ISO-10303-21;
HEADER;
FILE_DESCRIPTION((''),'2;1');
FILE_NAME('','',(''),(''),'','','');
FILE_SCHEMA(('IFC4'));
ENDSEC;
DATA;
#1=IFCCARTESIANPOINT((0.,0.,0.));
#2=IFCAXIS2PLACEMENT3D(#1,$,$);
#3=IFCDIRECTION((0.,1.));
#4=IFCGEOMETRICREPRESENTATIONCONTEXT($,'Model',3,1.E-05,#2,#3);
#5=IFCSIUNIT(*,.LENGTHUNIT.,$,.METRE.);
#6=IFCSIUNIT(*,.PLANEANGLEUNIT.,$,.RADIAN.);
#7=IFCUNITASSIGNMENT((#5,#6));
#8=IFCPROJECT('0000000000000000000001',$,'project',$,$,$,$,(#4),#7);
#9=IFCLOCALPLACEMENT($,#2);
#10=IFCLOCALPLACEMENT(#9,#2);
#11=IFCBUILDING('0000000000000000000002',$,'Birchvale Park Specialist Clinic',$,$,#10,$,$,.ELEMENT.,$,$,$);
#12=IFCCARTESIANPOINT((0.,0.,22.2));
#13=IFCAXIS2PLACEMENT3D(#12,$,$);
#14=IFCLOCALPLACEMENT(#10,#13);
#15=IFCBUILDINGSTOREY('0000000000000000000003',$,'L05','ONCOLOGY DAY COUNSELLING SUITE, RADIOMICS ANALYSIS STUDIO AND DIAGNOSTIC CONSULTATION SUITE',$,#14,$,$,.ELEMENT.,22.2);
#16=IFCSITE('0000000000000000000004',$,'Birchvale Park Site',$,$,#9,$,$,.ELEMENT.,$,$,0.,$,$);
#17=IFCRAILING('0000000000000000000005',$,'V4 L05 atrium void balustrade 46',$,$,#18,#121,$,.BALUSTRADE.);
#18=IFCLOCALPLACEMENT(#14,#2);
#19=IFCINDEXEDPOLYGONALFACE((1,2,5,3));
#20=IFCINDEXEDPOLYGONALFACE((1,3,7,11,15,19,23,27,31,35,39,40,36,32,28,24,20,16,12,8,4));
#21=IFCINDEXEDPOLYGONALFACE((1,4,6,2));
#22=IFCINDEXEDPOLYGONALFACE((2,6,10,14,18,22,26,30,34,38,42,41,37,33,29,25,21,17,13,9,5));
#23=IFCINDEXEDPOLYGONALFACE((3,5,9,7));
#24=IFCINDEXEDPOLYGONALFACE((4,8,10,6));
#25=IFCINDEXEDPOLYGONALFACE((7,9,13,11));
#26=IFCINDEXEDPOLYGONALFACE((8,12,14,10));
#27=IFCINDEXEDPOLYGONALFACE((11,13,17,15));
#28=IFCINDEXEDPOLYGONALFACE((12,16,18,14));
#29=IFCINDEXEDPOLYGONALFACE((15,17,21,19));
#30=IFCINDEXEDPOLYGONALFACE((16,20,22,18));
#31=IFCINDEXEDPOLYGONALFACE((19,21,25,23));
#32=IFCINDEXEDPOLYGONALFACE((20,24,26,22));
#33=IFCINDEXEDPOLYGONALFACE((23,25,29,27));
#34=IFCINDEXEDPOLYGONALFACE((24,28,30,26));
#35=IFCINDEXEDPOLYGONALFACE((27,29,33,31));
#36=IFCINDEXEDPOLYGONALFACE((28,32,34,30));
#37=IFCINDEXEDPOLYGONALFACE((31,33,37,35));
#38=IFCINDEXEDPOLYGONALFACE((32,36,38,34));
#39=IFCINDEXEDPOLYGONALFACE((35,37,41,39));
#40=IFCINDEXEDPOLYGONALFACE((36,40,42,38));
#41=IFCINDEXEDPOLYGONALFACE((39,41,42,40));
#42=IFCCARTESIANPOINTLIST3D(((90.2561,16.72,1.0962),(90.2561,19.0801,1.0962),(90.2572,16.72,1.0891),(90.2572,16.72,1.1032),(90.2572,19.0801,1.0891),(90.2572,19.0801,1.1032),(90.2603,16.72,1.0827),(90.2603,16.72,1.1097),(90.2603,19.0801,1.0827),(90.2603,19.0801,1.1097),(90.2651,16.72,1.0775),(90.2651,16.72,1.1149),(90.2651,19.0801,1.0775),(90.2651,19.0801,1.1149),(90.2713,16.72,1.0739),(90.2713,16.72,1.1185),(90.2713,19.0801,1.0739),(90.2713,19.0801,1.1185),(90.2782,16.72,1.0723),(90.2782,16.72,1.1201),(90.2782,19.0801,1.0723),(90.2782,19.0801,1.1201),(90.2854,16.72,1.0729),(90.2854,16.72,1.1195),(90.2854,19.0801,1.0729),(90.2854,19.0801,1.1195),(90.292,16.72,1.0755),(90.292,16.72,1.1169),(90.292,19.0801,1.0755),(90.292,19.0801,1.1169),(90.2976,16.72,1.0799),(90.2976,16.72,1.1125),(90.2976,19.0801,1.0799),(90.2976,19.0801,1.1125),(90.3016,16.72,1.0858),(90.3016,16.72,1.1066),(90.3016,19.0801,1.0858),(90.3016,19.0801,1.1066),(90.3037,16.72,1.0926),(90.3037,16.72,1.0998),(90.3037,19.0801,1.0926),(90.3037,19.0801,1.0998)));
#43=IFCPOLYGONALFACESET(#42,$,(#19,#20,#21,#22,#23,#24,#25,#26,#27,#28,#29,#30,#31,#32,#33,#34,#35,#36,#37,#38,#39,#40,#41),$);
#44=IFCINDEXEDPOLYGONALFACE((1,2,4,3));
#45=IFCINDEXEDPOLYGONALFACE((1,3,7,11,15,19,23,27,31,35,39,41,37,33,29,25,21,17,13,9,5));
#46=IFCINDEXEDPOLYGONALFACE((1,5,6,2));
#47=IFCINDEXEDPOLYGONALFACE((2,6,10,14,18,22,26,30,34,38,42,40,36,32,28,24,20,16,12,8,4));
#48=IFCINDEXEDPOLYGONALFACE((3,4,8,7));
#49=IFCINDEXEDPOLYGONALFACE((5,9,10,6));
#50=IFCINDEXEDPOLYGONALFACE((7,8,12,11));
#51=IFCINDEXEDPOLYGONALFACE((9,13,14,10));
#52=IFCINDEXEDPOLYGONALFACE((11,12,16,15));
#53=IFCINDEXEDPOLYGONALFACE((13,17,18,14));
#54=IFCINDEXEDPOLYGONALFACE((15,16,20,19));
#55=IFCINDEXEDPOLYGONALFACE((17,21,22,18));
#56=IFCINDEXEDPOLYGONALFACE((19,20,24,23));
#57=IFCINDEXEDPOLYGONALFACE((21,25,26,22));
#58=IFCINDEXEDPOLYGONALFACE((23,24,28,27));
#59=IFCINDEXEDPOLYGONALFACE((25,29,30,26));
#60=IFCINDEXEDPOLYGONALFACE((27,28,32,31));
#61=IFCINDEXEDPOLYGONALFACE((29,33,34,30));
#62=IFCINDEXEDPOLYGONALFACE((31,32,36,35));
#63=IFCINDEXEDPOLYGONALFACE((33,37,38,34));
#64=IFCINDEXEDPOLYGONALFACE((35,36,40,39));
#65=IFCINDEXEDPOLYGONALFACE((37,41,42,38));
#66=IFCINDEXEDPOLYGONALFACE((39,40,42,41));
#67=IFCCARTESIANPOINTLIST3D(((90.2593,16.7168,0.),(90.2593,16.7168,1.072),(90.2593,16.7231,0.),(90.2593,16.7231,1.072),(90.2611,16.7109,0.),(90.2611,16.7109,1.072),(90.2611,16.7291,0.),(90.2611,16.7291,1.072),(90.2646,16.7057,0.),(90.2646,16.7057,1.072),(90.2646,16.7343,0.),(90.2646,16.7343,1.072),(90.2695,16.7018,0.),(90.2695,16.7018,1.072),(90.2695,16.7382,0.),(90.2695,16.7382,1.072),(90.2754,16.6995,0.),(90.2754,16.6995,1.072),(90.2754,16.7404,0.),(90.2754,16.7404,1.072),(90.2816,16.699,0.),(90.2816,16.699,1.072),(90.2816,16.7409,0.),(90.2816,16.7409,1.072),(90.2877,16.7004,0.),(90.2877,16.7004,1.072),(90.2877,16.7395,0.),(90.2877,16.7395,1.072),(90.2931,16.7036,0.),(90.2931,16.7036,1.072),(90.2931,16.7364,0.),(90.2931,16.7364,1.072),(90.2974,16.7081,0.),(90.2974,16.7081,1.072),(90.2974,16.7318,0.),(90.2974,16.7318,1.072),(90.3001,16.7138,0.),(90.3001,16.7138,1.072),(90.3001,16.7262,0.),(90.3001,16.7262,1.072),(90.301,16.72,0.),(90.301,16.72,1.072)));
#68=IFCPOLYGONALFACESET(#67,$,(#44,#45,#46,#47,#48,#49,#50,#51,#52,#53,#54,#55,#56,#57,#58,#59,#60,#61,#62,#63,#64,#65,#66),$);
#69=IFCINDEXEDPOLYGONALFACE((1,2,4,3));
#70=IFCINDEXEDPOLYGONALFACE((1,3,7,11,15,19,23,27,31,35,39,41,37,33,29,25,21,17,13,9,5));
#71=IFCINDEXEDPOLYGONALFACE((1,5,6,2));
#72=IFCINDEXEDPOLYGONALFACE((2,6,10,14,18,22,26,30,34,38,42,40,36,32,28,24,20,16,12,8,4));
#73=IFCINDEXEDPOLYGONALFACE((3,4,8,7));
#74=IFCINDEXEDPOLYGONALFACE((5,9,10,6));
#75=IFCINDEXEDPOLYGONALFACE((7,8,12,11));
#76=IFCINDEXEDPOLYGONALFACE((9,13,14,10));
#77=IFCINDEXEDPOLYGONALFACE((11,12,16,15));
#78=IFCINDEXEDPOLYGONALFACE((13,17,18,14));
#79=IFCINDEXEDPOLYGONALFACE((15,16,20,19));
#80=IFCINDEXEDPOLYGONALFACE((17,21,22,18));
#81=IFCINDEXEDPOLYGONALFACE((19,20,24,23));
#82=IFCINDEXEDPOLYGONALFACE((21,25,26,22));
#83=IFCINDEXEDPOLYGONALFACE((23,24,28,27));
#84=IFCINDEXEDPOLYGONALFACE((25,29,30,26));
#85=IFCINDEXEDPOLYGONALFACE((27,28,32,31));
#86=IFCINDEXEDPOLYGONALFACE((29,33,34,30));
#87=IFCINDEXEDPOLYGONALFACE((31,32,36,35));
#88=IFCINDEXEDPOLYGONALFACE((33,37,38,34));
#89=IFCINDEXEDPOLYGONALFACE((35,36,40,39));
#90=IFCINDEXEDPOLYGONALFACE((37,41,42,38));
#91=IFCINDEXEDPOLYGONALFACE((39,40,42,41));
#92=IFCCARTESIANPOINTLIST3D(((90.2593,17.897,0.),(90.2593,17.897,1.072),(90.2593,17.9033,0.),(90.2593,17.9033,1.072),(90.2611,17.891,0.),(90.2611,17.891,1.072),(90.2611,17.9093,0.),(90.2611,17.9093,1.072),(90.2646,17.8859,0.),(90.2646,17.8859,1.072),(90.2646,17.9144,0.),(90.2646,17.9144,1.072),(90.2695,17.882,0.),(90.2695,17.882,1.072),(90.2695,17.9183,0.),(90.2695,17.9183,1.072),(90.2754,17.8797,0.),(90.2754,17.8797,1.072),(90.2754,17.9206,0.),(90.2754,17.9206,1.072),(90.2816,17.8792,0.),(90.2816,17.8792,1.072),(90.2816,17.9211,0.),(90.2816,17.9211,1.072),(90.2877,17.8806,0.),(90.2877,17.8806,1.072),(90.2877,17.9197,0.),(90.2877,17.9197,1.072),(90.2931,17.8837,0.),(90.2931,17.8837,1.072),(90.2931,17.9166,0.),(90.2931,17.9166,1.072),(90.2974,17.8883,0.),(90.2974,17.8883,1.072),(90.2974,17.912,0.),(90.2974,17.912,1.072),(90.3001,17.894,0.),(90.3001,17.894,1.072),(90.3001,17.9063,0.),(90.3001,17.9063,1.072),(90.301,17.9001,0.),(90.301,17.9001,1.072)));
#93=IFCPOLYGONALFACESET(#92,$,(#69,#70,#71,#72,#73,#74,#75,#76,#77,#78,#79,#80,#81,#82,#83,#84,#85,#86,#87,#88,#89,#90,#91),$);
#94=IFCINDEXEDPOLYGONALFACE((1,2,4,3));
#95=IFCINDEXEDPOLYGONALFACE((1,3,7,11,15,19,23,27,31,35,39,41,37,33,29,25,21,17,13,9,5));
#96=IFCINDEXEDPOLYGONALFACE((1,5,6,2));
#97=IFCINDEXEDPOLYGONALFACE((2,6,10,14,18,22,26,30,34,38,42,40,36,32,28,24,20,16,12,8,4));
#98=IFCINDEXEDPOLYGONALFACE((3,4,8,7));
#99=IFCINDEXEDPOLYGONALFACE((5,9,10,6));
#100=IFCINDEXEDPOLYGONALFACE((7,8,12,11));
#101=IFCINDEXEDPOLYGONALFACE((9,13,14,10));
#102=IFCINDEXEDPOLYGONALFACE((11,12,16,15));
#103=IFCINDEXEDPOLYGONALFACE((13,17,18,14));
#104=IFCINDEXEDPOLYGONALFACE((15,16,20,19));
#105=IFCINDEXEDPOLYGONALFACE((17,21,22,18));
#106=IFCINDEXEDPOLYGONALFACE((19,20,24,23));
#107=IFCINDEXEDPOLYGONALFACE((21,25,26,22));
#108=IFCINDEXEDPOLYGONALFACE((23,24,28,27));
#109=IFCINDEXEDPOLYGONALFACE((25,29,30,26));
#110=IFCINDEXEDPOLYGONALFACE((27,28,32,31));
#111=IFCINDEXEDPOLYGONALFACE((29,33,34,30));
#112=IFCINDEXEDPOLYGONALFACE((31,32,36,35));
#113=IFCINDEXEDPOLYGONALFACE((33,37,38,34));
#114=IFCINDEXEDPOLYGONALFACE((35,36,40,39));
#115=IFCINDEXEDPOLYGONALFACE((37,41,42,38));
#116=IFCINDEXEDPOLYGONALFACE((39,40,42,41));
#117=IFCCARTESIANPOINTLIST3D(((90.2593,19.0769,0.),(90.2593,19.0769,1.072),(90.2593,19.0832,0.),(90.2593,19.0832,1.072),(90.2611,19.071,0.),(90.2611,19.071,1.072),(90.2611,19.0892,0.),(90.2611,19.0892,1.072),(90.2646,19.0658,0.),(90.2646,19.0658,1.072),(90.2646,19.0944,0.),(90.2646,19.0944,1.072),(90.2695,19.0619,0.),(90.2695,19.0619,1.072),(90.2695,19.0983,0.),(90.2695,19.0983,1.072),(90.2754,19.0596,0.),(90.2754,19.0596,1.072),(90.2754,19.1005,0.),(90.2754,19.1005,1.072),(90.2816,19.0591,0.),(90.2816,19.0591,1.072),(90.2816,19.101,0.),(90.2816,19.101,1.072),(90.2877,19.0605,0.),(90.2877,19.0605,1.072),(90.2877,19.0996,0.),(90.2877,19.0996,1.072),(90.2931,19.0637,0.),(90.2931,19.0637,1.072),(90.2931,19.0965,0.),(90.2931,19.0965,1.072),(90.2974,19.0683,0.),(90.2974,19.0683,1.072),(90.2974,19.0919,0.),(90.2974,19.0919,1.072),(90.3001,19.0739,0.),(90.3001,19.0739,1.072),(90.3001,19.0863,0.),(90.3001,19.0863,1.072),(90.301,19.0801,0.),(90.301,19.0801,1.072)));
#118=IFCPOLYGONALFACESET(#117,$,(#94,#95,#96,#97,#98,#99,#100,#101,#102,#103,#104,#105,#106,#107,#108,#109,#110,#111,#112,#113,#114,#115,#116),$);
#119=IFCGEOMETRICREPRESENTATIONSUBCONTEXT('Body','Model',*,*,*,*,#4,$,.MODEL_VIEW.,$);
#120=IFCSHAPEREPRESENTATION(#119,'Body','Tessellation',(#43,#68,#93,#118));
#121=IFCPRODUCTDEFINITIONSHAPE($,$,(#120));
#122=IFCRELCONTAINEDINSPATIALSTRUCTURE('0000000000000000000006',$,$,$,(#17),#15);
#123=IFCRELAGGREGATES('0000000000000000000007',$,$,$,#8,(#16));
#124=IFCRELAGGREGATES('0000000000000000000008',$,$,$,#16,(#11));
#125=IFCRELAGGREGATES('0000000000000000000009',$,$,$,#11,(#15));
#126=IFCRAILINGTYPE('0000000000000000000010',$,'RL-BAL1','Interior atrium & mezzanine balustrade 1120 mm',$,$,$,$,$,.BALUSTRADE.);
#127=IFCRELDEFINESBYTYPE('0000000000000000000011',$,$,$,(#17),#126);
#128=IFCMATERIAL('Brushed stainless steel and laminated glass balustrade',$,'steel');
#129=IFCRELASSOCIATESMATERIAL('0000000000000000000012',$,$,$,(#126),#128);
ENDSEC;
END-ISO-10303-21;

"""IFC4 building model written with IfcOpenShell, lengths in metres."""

from ifc_helpers import new_model, si_unit, direction, frame, origin, origin_2d, place, context, subcontext, project, spatial, circle, extrude, material, type_object, element, save


model = new_model("IFC4")

# Units and contexts
model_context = context("Model", 3, precision=1e-05, world=origin(), true_north=direction((0.0, 1.0)))
body_context = subcontext(model_context, "Body", "Model", "MODEL_VIEW")
ifc_project = project(units=[si_unit("LENGTHUNIT", "METRE"), si_unit("PLANEANGLEUNIT", "RADIAN")], contexts=[model_context])

# Site, building, storey
site_placement = place(None, origin())
site = spatial("IfcSite", under=ifc_project, at=site_placement, Name="Birchvale Park Site", CompositionType="ELEMENT", RefElevation=0.0)
building_placement = place(site_placement, origin())
building = spatial("IfcBuilding", under=site, at=building_placement, Name="Birchvale Park Specialist Clinic", CompositionType="ELEMENT")
storey_placement = place(building_placement, frame((0.0, 0.0, 22.2)))
storey = spatial("IfcBuildingStorey", under=building, at=storey_placement, Name="L05", Description="ONCOLOGY DAY COUNSELLING SUITE, RADIOMICS ANALYSIS STUDIO AND DIAGNOSTIC CONSULTATION SUITE", CompositionType="ELEMENT", Elevation=22.2)

# Railing
ifc_material_1 = material(Name="Brushed stainless steel and laminated glass balustrade", Category="steel")
railing_type = type_object("IfcRailingType", Name="RL-BAL1", Description="Interior atrium & mezzanine balustrade 1120 mm", PredefinedType="BALUSTRADE", material=ifc_material_1)
railing_1_placement = place(storey_placement, frame((90.28, 16.72, 0.0)))
element("IfcRailing", 1, at=railing_1_placement, inside=storey, type_object=railing_type, Name="V4 L05 atrium void balustrade 46", PredefinedType="BALUSTRADE", context=body_context, shape_type="SweptSolid", body=[
    extrude(circle(Radius=0.0239, at=origin_2d()), frame((0.0, 0.0, 1.0962), z_axis=(0.0, 1.0, 0.0), x_axis=(-1.0, 0.0, 0.0)), (0.0, 0.0, 1.0), 2.3601),
    extrude(circle(Radius=0.021, at=origin_2d()), origin(), (0.0, 0.0, 1.0), 1.072),
    extrude(circle(Radius=0.021, at=origin_2d()), frame((0.0, 1.1802, 0.0)), (0.0, 0.0, 1.0), 1.072),
    extrude(circle(Radius=0.021, at=origin_2d()), frame((0.0, 2.3601, 0.0)), (0.0, 0.0, 1.0), 1.072),
])

save(model, "model.ifc")
